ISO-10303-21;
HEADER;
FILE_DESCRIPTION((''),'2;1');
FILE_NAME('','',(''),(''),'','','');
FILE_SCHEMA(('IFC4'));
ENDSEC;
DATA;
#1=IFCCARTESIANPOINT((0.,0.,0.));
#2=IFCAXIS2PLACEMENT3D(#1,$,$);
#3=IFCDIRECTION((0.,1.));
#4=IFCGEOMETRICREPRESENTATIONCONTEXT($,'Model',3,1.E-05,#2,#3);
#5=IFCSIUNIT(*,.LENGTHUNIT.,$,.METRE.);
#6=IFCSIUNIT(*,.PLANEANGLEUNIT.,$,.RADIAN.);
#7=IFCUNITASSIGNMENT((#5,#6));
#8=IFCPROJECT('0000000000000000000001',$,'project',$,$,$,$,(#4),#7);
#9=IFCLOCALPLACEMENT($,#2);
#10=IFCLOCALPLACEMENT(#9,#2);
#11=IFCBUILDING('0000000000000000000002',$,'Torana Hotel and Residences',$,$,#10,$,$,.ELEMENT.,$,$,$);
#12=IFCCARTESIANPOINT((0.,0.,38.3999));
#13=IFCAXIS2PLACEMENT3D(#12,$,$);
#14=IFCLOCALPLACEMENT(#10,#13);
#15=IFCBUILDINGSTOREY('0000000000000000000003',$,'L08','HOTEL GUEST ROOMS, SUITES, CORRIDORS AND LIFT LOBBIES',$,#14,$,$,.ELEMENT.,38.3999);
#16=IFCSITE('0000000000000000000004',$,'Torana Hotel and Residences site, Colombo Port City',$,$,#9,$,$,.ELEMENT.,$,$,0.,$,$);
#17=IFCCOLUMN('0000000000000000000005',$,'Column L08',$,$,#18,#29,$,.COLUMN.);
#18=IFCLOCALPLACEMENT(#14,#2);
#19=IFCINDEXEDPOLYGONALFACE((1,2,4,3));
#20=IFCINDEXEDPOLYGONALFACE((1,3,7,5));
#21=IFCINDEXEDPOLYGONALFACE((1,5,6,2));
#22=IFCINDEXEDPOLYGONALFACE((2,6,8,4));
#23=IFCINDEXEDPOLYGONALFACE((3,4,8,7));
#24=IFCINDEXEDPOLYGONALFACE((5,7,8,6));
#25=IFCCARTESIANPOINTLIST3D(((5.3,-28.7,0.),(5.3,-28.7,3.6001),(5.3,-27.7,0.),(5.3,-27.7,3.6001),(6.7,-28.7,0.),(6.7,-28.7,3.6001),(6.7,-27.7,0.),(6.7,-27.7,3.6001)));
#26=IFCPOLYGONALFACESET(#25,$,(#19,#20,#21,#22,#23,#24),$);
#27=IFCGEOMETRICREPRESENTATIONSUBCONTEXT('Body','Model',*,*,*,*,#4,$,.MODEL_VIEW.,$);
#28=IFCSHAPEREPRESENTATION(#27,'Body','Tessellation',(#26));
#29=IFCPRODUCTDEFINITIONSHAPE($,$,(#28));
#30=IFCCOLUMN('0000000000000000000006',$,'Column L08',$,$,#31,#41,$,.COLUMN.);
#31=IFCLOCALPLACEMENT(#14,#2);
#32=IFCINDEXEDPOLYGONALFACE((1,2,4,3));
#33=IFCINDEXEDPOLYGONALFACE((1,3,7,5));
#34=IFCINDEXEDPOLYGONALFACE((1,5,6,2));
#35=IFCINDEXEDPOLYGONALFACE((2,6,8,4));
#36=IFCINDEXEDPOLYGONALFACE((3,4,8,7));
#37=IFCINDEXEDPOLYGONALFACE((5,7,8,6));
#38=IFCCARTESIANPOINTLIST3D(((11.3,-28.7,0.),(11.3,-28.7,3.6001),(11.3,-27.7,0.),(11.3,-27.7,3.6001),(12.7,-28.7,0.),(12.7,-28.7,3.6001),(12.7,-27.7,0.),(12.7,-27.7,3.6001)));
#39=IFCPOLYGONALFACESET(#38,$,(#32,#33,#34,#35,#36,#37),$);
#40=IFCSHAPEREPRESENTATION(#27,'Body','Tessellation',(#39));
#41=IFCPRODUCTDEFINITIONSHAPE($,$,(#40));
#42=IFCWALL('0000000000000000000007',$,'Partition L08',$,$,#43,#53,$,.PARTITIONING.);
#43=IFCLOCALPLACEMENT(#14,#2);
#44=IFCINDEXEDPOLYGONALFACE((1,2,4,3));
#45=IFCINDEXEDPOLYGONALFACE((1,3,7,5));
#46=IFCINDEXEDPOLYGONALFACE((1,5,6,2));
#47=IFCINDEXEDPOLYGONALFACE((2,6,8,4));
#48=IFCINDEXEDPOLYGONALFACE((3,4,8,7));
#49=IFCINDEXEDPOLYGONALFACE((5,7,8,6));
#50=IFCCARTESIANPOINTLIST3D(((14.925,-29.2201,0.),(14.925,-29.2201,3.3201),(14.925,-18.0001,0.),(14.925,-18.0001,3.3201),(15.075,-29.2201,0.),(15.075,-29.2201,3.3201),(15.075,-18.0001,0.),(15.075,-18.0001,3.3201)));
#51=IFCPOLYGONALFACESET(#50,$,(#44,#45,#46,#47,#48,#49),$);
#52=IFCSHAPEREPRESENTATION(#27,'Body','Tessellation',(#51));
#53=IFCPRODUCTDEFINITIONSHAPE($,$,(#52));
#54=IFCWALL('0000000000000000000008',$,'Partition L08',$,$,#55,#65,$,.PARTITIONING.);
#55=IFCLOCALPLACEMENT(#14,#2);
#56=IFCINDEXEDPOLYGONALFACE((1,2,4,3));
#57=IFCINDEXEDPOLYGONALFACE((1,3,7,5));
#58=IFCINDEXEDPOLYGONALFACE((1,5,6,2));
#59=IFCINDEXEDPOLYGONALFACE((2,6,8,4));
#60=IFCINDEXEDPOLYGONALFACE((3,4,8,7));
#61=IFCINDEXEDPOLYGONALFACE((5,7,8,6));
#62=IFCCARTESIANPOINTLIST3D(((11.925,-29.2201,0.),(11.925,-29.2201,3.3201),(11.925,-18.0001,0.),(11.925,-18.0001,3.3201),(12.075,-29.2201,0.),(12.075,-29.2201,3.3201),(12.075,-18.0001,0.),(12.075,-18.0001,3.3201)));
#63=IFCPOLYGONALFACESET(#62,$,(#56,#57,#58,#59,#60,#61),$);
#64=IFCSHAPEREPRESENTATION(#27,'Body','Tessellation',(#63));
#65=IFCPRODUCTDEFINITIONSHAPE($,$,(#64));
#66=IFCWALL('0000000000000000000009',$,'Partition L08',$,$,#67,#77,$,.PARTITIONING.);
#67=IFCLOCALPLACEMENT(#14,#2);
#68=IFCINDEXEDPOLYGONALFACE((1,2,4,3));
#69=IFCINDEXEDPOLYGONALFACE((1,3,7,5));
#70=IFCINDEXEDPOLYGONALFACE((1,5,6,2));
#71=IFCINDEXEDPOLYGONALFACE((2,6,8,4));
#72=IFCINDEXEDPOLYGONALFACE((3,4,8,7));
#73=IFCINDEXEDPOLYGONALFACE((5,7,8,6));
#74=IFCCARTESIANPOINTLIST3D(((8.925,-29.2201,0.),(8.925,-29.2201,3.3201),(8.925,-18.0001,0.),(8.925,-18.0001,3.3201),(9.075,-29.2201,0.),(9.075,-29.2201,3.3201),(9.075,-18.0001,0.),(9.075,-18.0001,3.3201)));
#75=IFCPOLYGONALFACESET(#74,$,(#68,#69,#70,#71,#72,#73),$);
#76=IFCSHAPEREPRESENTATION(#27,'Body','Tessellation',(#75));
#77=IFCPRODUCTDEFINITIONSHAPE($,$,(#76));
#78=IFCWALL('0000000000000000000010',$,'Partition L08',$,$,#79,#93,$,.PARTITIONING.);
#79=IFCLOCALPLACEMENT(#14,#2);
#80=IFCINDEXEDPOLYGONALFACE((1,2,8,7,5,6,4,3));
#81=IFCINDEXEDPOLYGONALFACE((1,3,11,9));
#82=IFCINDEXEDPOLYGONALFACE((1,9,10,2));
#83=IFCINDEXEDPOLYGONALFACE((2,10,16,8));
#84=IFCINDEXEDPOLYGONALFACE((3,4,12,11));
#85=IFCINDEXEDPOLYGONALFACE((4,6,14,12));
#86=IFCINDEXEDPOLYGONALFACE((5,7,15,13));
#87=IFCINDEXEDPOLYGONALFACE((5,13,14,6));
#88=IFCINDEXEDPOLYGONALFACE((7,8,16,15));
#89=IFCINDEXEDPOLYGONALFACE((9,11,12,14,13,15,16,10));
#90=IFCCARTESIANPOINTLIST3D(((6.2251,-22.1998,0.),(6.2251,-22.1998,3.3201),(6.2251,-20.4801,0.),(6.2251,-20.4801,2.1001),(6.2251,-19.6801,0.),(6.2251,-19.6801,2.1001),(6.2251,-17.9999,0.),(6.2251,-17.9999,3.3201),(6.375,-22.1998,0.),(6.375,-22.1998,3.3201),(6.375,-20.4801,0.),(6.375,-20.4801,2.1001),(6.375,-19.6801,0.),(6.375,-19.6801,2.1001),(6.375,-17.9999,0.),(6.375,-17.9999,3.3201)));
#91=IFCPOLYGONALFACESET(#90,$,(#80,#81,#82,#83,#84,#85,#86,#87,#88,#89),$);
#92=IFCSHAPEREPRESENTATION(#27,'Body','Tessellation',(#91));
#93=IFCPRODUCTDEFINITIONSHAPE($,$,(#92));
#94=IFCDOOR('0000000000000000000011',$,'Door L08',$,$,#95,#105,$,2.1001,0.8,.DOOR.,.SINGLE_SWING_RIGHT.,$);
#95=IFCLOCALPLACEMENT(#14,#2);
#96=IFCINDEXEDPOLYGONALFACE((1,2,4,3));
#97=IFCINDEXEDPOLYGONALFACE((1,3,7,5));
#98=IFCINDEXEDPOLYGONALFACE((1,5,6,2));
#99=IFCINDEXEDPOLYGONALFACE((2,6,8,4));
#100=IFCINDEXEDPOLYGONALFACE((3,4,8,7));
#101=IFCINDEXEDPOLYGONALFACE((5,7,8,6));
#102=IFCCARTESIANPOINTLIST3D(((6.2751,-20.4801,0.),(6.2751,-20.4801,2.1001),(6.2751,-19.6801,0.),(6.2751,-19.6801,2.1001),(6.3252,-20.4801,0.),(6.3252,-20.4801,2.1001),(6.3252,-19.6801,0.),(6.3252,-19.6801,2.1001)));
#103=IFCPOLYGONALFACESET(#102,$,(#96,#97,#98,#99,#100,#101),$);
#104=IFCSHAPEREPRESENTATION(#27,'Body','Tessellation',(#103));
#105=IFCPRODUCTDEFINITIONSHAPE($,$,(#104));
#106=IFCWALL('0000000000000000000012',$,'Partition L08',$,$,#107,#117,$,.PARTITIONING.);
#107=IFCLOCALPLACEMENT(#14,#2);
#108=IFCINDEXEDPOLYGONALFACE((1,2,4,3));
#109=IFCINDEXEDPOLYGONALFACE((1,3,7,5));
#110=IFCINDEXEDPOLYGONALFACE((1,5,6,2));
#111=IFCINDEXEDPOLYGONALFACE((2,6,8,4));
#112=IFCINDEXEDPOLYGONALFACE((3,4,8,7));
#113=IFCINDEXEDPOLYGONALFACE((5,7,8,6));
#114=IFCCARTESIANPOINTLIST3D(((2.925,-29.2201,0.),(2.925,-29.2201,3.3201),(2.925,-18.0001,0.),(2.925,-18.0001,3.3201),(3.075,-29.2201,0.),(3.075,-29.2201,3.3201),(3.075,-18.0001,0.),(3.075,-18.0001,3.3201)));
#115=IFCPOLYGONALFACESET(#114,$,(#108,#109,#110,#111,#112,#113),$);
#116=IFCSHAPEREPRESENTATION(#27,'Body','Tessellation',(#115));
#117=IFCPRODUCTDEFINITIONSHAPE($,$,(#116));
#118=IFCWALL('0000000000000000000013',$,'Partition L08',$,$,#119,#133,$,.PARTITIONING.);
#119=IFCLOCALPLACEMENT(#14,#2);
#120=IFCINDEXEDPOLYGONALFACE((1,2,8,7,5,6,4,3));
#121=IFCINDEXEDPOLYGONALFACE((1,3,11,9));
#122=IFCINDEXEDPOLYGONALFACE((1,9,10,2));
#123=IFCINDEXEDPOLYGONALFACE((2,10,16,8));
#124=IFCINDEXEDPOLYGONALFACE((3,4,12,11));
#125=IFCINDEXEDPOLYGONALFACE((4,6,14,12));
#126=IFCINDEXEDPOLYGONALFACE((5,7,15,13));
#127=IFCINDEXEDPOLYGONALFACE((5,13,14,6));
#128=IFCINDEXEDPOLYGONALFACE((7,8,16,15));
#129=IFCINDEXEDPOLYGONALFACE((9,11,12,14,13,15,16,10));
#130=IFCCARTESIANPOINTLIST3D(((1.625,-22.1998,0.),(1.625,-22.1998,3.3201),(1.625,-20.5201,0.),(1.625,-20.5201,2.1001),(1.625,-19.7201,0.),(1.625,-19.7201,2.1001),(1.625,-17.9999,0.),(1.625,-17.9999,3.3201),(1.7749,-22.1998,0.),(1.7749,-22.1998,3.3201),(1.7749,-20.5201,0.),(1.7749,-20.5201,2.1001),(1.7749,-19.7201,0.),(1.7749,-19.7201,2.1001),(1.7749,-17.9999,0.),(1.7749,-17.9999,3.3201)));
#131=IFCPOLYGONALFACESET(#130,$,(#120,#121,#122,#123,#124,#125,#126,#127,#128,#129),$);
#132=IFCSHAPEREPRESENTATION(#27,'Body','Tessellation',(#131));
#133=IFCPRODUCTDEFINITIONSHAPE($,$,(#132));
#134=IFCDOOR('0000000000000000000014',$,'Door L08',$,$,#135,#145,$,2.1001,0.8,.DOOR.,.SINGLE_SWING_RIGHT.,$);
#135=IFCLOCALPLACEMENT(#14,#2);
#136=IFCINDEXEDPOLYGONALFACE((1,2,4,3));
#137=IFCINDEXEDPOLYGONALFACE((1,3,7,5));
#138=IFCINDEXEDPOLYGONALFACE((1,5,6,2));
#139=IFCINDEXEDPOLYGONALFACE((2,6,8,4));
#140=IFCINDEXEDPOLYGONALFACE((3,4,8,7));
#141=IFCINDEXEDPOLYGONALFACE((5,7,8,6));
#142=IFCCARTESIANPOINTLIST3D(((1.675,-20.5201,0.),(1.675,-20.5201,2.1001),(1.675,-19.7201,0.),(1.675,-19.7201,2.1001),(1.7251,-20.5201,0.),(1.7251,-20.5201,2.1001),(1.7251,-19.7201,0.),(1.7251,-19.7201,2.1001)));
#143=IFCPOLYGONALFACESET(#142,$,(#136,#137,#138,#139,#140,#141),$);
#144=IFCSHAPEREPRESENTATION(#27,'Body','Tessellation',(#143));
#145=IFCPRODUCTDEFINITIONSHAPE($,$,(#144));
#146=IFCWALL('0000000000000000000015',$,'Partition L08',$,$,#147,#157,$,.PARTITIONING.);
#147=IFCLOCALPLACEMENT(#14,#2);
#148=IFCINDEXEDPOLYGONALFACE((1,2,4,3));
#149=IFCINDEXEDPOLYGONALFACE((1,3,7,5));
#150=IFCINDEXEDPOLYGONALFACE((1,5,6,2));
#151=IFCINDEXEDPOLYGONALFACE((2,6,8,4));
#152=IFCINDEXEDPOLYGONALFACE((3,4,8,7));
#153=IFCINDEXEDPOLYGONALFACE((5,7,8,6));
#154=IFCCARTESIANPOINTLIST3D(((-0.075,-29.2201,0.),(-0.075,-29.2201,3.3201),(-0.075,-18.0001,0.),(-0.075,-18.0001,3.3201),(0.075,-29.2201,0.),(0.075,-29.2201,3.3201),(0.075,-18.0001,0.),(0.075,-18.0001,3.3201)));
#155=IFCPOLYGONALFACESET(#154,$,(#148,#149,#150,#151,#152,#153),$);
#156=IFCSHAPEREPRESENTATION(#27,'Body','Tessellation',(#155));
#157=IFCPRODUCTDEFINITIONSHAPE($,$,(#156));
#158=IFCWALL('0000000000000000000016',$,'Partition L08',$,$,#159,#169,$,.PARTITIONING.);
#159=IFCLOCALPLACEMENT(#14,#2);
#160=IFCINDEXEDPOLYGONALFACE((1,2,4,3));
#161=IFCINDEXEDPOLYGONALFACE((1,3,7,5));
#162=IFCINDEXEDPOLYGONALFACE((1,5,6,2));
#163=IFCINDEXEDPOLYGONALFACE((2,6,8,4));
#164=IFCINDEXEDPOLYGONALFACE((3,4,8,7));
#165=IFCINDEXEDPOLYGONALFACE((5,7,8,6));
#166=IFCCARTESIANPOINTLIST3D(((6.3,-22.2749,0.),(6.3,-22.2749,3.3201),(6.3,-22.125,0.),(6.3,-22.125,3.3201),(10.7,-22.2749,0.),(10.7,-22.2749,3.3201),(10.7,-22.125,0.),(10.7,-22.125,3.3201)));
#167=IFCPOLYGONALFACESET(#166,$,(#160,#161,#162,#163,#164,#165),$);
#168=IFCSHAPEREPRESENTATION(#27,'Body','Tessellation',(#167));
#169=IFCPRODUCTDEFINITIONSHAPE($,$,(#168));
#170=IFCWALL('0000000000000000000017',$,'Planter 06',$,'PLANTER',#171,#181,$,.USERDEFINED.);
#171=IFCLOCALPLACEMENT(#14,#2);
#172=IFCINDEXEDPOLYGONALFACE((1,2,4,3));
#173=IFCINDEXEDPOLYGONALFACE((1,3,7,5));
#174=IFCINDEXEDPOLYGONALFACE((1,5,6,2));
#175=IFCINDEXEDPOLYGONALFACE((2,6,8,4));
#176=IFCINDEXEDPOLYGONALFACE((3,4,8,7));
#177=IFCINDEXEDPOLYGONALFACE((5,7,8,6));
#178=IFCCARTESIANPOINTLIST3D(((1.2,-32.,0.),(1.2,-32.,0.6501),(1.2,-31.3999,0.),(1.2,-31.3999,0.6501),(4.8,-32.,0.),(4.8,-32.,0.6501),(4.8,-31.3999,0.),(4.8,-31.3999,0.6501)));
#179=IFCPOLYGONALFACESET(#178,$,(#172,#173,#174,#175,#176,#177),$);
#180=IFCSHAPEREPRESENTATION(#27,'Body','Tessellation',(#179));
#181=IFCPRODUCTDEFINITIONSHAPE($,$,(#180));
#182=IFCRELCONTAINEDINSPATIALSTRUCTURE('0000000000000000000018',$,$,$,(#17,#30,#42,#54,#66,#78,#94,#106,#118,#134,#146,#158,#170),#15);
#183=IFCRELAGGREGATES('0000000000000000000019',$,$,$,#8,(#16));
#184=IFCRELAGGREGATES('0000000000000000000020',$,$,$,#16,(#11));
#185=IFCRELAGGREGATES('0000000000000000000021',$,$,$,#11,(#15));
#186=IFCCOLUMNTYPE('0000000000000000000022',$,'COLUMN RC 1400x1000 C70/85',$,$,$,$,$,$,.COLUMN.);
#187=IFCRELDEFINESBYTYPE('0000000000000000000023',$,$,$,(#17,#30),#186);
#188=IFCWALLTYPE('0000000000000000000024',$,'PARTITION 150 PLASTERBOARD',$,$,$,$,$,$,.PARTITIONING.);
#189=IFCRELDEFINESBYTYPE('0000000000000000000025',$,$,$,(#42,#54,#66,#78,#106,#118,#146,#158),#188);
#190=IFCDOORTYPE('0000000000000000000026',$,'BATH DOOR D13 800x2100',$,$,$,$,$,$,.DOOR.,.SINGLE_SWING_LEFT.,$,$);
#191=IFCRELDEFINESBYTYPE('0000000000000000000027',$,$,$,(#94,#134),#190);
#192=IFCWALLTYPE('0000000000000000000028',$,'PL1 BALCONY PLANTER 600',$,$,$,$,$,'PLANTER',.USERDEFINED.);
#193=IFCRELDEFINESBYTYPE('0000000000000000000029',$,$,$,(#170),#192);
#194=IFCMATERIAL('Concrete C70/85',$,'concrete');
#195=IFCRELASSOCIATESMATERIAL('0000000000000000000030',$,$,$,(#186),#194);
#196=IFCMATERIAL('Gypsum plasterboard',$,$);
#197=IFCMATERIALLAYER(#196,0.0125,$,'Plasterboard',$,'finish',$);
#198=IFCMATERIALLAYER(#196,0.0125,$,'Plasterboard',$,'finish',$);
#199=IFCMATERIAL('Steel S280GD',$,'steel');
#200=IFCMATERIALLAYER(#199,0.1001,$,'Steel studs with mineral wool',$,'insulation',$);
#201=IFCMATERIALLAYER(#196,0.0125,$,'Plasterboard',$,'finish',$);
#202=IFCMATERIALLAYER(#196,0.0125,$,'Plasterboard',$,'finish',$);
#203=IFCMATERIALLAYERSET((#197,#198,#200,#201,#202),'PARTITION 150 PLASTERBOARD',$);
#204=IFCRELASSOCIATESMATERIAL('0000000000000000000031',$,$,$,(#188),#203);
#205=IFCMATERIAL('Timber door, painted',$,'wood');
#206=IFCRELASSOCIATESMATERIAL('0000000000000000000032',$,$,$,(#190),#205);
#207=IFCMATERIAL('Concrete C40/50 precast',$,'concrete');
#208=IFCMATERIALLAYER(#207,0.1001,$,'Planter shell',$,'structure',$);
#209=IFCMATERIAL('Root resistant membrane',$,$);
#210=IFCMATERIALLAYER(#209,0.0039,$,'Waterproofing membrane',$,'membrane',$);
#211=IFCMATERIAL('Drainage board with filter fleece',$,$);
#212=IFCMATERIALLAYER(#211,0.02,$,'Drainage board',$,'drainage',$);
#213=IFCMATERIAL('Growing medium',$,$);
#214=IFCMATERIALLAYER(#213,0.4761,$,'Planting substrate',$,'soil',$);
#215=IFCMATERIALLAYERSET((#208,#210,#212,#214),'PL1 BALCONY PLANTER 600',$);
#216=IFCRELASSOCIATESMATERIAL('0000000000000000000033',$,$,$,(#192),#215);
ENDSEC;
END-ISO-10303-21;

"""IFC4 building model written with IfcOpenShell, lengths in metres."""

from ifc_helpers import new_model, si_unit, direction, frame, frame_2d, origin, origin_2d, place, context, subcontext, project, spatial, rectangle, extrude, material, layer, layer_set, material_profile, profile_set, type_object, element, fill, save


model = new_model("IFC4")

# Units and contexts
model_context = context("Model", 3, precision=1e-05, world=origin(), true_north=direction((0.0, 1.0)))
body_context = subcontext(model_context, "Body", "Model", "MODEL_VIEW")
ifc_project = project(units=[si_unit("LENGTHUNIT", "METRE"), si_unit("PLANEANGLEUNIT", "RADIAN")], contexts=[model_context])

# Site, building, storey
site_placement = place(None, origin())
site = spatial("IfcSite", under=ifc_project, at=site_placement, Name="Torana Hotel and Residences site, Colombo Port City", CompositionType="ELEMENT", RefElevation=0.0)
building_placement = place(site_placement, origin())
building = spatial("IfcBuilding", under=site, at=building_placement, Name="Torana Hotel and Residences", CompositionType="ELEMENT")
storey_placement = place(building_placement, frame((0.0, 0.0, 38.3999)))
storey = spatial("IfcBuildingStorey", under=building, at=storey_placement, Name="L08", Description="HOTEL GUEST ROOMS, SUITES, CORRIDORS AND LIFT LOBBIES", CompositionType="ELEMENT", Elevation=38.3999)

# Columns
ifc_material_1 = material(Name="Concrete C70/85", Category="concrete")
ifc_material_profile = material_profile(ifc_material_1, rectangle(XDim=1.3999, YDim=1.0, at=origin_2d()), Name="RC 1400x1000")
ifc_profile_set = profile_set([ifc_material_profile], Name="Concrete C70/85")
column_type = type_object("IfcColumnType", Name="COLUMN RC 1400x1000 C70/85", PredefinedType="COLUMN", material=ifc_profile_set)
for number, where, z_axis, x_axis, name in (
    (1, (6.0, -28.2, 0.0), (0.0, 0.0, 1.0), (1.0, 0.0, 0.0), "Column L08"),
    (2, (12.0, -28.2, 0.0), (0.0, 0.0, 1.0), (1.0, 0.0, 0.0), "Column L08"),
):
    element("IfcColumn", number, at=place(storey_placement, frame(where, z_axis=z_axis, x_axis=x_axis)), inside=storey, type_object=column_type, Name=name, PredefinedType="COLUMN", context=body_context, shape_type="SweptSolid", body=[
        extrude(rectangle(XDim=1.3999, YDim=1.0, at=origin_2d()), origin(), (0.0, 0.0, 1.0), 3.6001),
    ])

# Walls
ifc_material_2 = material(Name="Gypsum plasterboard")
ifc_layer_1 = layer(ifc_material_2, 0.0125, Name="Plasterboard", Category="finish")
ifc_layer_2 = layer(ifc_material_2, 0.0125, Name="Plasterboard", Category="finish")
ifc_material_3 = material(Name="Steel S280GD", Category="steel")
ifc_layer_3 = layer(ifc_material_3, 0.1001, Name="Steel studs with mineral wool", Category="insulation")
ifc_layer_4 = layer(ifc_material_2, 0.0125, Name="Plasterboard", Category="finish")
ifc_layer_5 = layer(ifc_material_2, 0.0125, Name="Plasterboard", Category="finish")
ifc_layer_set_1 = layer_set([ifc_layer_1, ifc_layer_2, ifc_layer_3, ifc_layer_4, ifc_layer_5], Name="PARTITION 150 PLASTERBOARD")
wall_type_1 = type_object("IfcWallType", Name="PARTITION 150 PLASTERBOARD", PredefinedType="PARTITIONING", material=ifc_layer_set_1)
for number, where, z_axis, x_axis, name in (
    (3, (15.0, -29.22, 0.0), (0.0, 0.0, 1.0), (0.0, 1.0, 0.0), "Partition L08"),
    (4, (12.0, -29.22, 0.0), (0.0, 0.0, 1.0), (0.0, 1.0, 0.0), "Partition L08"),
    (5, (9.0, -29.22, 0.0), (0.0, 0.0, 1.0), (0.0, 1.0, 0.0), "Partition L08"),
):
    element("IfcWall", number, at=place(storey_placement, frame(where, z_axis=z_axis, x_axis=x_axis)), inside=storey, type_object=wall_type_1, Name=name, PredefinedType="PARTITIONING", context=body_context, shape_type="SweptSolid", body=[
        extrude(rectangle(XDim=11.22, YDim=0.1499, at=frame_2d((5.6099, 0.0))), origin(), (0.0, 0.0, 1.0), 3.3201),
    ])

# Wall, opening, door
wall_1_placement = place(storey_placement, frame((6.3, -22.2, 0.0), z_axis=(0.0, 0.0, 1.0), x_axis=(0.0, 1.0, 0.0)))
wall_1 = element("IfcWall", 6, at=wall_1_placement, inside=storey, type_object=wall_type_1, Name="Partition L08", PredefinedType="PARTITIONING", context=body_context, shape_type="SweptSolid", body=[
    extrude(rectangle(XDim=4.2, YDim=0.1499, at=frame_2d((2.1001, 0.0))), origin(), (0.0, 0.0, 1.0), 3.3201),
])
opening_1_placement = place(wall_1_placement, frame((1.72, 0.0, 0.0)))
opening_1 = element("IfcOpeningElement", 7, at=opening_1_placement, cuts=wall_1, PredefinedType="OPENING", context=body_context, shape_type="SweptSolid", body=[
    extrude(rectangle(XDim=0.8, YDim=2.1001, at=frame_2d((0.3999, 1.05))), frame((0.0, 0.085, 0.0), z_axis=(0.0, -1.0, 0.0), x_axis=(1.0, 0.0, 0.0)), (0.0, 0.0, 1.0), 0.1699),
])
ifc_material_4 = material(Name="Timber door, painted", Category="wood")
door_type = type_object("IfcDoorType", Name="BATH DOOR D13 800x2100", OperationType="SINGLE_SWING_LEFT", PredefinedType="DOOR", material=ifc_material_4)
door_1_placement = place(opening_1_placement, origin())
door_1 = element("IfcDoor", 8, at=door_1_placement, inside=storey, type_object=door_type, Name="Door L08", OperationType="SINGLE_SWING_RIGHT", OverallHeight=2.1001, OverallWidth=0.8, PredefinedType="DOOR", context=body_context, shape_type="SweptSolid", body=[
    extrude(rectangle(XDim=0.8, YDim=2.1001, at=frame_2d((0.3999, 1.05))), frame((0.0, 0.0249, 0.0), z_axis=(0.0, -1.0, 0.0), x_axis=(1.0, 0.0, 0.0)), (0.0, 0.0, 1.0), 0.05),
])
fill(opening_1, door_1)

# Wall
wall_2_placement = place(storey_placement, frame((3.0, -29.22, 0.0), z_axis=(0.0, 0.0, 1.0), x_axis=(0.0, 1.0, 0.0)))
element("IfcWall", 9, at=wall_2_placement, inside=storey, type_object=wall_type_1, Name="Partition L08", PredefinedType="PARTITIONING", context=body_context, shape_type="SweptSolid", body=[
    extrude(rectangle(XDim=11.22, YDim=0.1499, at=frame_2d((5.6099, 0.0))), origin(), (0.0, 0.0, 1.0), 3.3201),
])

# Wall, opening, door
wall_3_placement = place(storey_placement, frame((1.7, -22.2, 0.0), z_axis=(0.0, 0.0, 1.0), x_axis=(0.0, 1.0, 0.0)))
wall_3 = element("IfcWall", 10, at=wall_3_placement, inside=storey, type_object=wall_type_1, Name="Partition L08", PredefinedType="PARTITIONING", context=body_context, shape_type="SweptSolid", body=[
    extrude(rectangle(XDim=4.2, YDim=0.1499, at=frame_2d((2.1001, 0.0))), origin(), (0.0, 0.0, 1.0), 3.3201),
])
opening_2_placement = place(wall_3_placement, frame((1.6799, 0.0, 0.0)))
opening_2 = element("IfcOpeningElement", 11, at=opening_2_placement, cuts=wall_3, PredefinedType="OPENING", context=body_context, shape_type="SweptSolid", body=[
    extrude(rectangle(XDim=0.8, YDim=2.1001, at=frame_2d((0.3999, 1.05))), frame((0.0, 0.085, 0.0), z_axis=(0.0, -1.0, 0.0), x_axis=(1.0, 0.0, 0.0)), (0.0, 0.0, 1.0), 0.1699),
])
door_2_placement = place(opening_2_placement, origin())
door_2 = element("IfcDoor", 12, at=door_2_placement, inside=storey, type_object=door_type, Name="Door L08", OperationType="SINGLE_SWING_RIGHT", OverallHeight=2.1001, OverallWidth=0.8, PredefinedType="DOOR", context=body_context, shape_type="SweptSolid", body=[
    extrude(rectangle(XDim=0.8, YDim=2.1001, at=frame_2d((0.3999, 1.05))), frame((0.0, 0.0249, 0.0), z_axis=(0.0, -1.0, 0.0), x_axis=(1.0, 0.0, 0.0)), (0.0, 0.0, 1.0), 0.05),
])
fill(opening_2, door_2)

# Walls
wall_4_placement = place(storey_placement, frame((0.0, -29.22, 0.0), z_axis=(0.0, 0.0, 1.0), x_axis=(0.0, 1.0, 0.0)))
element("IfcWall", 13, at=wall_4_placement, inside=storey, type_object=wall_type_1, Name="Partition L08", PredefinedType="PARTITIONING", context=body_context, shape_type="SweptSolid", body=[
    extrude(rectangle(XDim=11.22, YDim=0.1499, at=frame_2d((5.6099, 0.0))), origin(), (0.0, 0.0, 1.0), 3.3201),
])
wall_5_placement = place(storey_placement, frame((6.3, -22.2, 0.0), z_axis=(0.0, 0.0, 1.0), x_axis=(1.0, 0.0, 0.0)))
element("IfcWall", 14, at=wall_5_placement, inside=storey, type_object=wall_type_1, Name="Partition L08", PredefinedType="PARTITIONING", context=body_context, shape_type="SweptSolid", body=[
    extrude(rectangle(XDim=4.3999, YDim=0.1499, at=frame_2d((2.2, 0.0))), origin(), (0.0, 0.0, 1.0), 3.3201),
])
ifc_material_5 = material(Name="Concrete C40/50 precast", Category="concrete")
ifc_layer_6 = layer(ifc_material_5, 0.1001, Name="Planter shell", Category="structure")
ifc_material_6 = material(Name="Root resistant membrane")
ifc_layer_7 = layer(ifc_material_6, 0.0039, Name="Waterproofing membrane", Category="membrane")
ifc_material_7 = material(Name="Drainage board with filter fleece")
ifc_layer_8 = layer(ifc_material_7, 0.02, Name="Drainage board", Category="drainage")
ifc_material_8 = material(Name="Growing medium")
ifc_layer_9 = layer(ifc_material_8, 0.4761, Name="Planting substrate", Category="soil")
ifc_layer_set_2 = layer_set([ifc_layer_6, ifc_layer_7, ifc_layer_8, ifc_layer_9], Name="PL1 BALCONY PLANTER 600")
wall_type_2 = type_object("IfcWallType", Name="PL1 BALCONY PLANTER 600", ElementType="PLANTER", PredefinedType="USERDEFINED", material=ifc_layer_set_2)
for number, where, z_axis, x_axis, name in (
    (15, (4.8, -31.7, 0.0), (0.0, 0.0, 1.0), (-1.0, 0.0, 0.0), "Planter 06"),
):
    element("IfcWall", number, at=place(storey_placement, frame(where, z_axis=z_axis, x_axis=x_axis)), inside=storey, type_object=wall_type_2, Name=name, ObjectType="PLANTER", PredefinedType="USERDEFINED", context=body_context, shape_type="SweptSolid", body=[
        extrude(rectangle(XDim=3.6001, YDim=0.6001, at=frame_2d((1.8, 0.0))), origin(), (0.0, 0.0, 1.0), 0.6501),
    ])

save(model, "model.ifc")
